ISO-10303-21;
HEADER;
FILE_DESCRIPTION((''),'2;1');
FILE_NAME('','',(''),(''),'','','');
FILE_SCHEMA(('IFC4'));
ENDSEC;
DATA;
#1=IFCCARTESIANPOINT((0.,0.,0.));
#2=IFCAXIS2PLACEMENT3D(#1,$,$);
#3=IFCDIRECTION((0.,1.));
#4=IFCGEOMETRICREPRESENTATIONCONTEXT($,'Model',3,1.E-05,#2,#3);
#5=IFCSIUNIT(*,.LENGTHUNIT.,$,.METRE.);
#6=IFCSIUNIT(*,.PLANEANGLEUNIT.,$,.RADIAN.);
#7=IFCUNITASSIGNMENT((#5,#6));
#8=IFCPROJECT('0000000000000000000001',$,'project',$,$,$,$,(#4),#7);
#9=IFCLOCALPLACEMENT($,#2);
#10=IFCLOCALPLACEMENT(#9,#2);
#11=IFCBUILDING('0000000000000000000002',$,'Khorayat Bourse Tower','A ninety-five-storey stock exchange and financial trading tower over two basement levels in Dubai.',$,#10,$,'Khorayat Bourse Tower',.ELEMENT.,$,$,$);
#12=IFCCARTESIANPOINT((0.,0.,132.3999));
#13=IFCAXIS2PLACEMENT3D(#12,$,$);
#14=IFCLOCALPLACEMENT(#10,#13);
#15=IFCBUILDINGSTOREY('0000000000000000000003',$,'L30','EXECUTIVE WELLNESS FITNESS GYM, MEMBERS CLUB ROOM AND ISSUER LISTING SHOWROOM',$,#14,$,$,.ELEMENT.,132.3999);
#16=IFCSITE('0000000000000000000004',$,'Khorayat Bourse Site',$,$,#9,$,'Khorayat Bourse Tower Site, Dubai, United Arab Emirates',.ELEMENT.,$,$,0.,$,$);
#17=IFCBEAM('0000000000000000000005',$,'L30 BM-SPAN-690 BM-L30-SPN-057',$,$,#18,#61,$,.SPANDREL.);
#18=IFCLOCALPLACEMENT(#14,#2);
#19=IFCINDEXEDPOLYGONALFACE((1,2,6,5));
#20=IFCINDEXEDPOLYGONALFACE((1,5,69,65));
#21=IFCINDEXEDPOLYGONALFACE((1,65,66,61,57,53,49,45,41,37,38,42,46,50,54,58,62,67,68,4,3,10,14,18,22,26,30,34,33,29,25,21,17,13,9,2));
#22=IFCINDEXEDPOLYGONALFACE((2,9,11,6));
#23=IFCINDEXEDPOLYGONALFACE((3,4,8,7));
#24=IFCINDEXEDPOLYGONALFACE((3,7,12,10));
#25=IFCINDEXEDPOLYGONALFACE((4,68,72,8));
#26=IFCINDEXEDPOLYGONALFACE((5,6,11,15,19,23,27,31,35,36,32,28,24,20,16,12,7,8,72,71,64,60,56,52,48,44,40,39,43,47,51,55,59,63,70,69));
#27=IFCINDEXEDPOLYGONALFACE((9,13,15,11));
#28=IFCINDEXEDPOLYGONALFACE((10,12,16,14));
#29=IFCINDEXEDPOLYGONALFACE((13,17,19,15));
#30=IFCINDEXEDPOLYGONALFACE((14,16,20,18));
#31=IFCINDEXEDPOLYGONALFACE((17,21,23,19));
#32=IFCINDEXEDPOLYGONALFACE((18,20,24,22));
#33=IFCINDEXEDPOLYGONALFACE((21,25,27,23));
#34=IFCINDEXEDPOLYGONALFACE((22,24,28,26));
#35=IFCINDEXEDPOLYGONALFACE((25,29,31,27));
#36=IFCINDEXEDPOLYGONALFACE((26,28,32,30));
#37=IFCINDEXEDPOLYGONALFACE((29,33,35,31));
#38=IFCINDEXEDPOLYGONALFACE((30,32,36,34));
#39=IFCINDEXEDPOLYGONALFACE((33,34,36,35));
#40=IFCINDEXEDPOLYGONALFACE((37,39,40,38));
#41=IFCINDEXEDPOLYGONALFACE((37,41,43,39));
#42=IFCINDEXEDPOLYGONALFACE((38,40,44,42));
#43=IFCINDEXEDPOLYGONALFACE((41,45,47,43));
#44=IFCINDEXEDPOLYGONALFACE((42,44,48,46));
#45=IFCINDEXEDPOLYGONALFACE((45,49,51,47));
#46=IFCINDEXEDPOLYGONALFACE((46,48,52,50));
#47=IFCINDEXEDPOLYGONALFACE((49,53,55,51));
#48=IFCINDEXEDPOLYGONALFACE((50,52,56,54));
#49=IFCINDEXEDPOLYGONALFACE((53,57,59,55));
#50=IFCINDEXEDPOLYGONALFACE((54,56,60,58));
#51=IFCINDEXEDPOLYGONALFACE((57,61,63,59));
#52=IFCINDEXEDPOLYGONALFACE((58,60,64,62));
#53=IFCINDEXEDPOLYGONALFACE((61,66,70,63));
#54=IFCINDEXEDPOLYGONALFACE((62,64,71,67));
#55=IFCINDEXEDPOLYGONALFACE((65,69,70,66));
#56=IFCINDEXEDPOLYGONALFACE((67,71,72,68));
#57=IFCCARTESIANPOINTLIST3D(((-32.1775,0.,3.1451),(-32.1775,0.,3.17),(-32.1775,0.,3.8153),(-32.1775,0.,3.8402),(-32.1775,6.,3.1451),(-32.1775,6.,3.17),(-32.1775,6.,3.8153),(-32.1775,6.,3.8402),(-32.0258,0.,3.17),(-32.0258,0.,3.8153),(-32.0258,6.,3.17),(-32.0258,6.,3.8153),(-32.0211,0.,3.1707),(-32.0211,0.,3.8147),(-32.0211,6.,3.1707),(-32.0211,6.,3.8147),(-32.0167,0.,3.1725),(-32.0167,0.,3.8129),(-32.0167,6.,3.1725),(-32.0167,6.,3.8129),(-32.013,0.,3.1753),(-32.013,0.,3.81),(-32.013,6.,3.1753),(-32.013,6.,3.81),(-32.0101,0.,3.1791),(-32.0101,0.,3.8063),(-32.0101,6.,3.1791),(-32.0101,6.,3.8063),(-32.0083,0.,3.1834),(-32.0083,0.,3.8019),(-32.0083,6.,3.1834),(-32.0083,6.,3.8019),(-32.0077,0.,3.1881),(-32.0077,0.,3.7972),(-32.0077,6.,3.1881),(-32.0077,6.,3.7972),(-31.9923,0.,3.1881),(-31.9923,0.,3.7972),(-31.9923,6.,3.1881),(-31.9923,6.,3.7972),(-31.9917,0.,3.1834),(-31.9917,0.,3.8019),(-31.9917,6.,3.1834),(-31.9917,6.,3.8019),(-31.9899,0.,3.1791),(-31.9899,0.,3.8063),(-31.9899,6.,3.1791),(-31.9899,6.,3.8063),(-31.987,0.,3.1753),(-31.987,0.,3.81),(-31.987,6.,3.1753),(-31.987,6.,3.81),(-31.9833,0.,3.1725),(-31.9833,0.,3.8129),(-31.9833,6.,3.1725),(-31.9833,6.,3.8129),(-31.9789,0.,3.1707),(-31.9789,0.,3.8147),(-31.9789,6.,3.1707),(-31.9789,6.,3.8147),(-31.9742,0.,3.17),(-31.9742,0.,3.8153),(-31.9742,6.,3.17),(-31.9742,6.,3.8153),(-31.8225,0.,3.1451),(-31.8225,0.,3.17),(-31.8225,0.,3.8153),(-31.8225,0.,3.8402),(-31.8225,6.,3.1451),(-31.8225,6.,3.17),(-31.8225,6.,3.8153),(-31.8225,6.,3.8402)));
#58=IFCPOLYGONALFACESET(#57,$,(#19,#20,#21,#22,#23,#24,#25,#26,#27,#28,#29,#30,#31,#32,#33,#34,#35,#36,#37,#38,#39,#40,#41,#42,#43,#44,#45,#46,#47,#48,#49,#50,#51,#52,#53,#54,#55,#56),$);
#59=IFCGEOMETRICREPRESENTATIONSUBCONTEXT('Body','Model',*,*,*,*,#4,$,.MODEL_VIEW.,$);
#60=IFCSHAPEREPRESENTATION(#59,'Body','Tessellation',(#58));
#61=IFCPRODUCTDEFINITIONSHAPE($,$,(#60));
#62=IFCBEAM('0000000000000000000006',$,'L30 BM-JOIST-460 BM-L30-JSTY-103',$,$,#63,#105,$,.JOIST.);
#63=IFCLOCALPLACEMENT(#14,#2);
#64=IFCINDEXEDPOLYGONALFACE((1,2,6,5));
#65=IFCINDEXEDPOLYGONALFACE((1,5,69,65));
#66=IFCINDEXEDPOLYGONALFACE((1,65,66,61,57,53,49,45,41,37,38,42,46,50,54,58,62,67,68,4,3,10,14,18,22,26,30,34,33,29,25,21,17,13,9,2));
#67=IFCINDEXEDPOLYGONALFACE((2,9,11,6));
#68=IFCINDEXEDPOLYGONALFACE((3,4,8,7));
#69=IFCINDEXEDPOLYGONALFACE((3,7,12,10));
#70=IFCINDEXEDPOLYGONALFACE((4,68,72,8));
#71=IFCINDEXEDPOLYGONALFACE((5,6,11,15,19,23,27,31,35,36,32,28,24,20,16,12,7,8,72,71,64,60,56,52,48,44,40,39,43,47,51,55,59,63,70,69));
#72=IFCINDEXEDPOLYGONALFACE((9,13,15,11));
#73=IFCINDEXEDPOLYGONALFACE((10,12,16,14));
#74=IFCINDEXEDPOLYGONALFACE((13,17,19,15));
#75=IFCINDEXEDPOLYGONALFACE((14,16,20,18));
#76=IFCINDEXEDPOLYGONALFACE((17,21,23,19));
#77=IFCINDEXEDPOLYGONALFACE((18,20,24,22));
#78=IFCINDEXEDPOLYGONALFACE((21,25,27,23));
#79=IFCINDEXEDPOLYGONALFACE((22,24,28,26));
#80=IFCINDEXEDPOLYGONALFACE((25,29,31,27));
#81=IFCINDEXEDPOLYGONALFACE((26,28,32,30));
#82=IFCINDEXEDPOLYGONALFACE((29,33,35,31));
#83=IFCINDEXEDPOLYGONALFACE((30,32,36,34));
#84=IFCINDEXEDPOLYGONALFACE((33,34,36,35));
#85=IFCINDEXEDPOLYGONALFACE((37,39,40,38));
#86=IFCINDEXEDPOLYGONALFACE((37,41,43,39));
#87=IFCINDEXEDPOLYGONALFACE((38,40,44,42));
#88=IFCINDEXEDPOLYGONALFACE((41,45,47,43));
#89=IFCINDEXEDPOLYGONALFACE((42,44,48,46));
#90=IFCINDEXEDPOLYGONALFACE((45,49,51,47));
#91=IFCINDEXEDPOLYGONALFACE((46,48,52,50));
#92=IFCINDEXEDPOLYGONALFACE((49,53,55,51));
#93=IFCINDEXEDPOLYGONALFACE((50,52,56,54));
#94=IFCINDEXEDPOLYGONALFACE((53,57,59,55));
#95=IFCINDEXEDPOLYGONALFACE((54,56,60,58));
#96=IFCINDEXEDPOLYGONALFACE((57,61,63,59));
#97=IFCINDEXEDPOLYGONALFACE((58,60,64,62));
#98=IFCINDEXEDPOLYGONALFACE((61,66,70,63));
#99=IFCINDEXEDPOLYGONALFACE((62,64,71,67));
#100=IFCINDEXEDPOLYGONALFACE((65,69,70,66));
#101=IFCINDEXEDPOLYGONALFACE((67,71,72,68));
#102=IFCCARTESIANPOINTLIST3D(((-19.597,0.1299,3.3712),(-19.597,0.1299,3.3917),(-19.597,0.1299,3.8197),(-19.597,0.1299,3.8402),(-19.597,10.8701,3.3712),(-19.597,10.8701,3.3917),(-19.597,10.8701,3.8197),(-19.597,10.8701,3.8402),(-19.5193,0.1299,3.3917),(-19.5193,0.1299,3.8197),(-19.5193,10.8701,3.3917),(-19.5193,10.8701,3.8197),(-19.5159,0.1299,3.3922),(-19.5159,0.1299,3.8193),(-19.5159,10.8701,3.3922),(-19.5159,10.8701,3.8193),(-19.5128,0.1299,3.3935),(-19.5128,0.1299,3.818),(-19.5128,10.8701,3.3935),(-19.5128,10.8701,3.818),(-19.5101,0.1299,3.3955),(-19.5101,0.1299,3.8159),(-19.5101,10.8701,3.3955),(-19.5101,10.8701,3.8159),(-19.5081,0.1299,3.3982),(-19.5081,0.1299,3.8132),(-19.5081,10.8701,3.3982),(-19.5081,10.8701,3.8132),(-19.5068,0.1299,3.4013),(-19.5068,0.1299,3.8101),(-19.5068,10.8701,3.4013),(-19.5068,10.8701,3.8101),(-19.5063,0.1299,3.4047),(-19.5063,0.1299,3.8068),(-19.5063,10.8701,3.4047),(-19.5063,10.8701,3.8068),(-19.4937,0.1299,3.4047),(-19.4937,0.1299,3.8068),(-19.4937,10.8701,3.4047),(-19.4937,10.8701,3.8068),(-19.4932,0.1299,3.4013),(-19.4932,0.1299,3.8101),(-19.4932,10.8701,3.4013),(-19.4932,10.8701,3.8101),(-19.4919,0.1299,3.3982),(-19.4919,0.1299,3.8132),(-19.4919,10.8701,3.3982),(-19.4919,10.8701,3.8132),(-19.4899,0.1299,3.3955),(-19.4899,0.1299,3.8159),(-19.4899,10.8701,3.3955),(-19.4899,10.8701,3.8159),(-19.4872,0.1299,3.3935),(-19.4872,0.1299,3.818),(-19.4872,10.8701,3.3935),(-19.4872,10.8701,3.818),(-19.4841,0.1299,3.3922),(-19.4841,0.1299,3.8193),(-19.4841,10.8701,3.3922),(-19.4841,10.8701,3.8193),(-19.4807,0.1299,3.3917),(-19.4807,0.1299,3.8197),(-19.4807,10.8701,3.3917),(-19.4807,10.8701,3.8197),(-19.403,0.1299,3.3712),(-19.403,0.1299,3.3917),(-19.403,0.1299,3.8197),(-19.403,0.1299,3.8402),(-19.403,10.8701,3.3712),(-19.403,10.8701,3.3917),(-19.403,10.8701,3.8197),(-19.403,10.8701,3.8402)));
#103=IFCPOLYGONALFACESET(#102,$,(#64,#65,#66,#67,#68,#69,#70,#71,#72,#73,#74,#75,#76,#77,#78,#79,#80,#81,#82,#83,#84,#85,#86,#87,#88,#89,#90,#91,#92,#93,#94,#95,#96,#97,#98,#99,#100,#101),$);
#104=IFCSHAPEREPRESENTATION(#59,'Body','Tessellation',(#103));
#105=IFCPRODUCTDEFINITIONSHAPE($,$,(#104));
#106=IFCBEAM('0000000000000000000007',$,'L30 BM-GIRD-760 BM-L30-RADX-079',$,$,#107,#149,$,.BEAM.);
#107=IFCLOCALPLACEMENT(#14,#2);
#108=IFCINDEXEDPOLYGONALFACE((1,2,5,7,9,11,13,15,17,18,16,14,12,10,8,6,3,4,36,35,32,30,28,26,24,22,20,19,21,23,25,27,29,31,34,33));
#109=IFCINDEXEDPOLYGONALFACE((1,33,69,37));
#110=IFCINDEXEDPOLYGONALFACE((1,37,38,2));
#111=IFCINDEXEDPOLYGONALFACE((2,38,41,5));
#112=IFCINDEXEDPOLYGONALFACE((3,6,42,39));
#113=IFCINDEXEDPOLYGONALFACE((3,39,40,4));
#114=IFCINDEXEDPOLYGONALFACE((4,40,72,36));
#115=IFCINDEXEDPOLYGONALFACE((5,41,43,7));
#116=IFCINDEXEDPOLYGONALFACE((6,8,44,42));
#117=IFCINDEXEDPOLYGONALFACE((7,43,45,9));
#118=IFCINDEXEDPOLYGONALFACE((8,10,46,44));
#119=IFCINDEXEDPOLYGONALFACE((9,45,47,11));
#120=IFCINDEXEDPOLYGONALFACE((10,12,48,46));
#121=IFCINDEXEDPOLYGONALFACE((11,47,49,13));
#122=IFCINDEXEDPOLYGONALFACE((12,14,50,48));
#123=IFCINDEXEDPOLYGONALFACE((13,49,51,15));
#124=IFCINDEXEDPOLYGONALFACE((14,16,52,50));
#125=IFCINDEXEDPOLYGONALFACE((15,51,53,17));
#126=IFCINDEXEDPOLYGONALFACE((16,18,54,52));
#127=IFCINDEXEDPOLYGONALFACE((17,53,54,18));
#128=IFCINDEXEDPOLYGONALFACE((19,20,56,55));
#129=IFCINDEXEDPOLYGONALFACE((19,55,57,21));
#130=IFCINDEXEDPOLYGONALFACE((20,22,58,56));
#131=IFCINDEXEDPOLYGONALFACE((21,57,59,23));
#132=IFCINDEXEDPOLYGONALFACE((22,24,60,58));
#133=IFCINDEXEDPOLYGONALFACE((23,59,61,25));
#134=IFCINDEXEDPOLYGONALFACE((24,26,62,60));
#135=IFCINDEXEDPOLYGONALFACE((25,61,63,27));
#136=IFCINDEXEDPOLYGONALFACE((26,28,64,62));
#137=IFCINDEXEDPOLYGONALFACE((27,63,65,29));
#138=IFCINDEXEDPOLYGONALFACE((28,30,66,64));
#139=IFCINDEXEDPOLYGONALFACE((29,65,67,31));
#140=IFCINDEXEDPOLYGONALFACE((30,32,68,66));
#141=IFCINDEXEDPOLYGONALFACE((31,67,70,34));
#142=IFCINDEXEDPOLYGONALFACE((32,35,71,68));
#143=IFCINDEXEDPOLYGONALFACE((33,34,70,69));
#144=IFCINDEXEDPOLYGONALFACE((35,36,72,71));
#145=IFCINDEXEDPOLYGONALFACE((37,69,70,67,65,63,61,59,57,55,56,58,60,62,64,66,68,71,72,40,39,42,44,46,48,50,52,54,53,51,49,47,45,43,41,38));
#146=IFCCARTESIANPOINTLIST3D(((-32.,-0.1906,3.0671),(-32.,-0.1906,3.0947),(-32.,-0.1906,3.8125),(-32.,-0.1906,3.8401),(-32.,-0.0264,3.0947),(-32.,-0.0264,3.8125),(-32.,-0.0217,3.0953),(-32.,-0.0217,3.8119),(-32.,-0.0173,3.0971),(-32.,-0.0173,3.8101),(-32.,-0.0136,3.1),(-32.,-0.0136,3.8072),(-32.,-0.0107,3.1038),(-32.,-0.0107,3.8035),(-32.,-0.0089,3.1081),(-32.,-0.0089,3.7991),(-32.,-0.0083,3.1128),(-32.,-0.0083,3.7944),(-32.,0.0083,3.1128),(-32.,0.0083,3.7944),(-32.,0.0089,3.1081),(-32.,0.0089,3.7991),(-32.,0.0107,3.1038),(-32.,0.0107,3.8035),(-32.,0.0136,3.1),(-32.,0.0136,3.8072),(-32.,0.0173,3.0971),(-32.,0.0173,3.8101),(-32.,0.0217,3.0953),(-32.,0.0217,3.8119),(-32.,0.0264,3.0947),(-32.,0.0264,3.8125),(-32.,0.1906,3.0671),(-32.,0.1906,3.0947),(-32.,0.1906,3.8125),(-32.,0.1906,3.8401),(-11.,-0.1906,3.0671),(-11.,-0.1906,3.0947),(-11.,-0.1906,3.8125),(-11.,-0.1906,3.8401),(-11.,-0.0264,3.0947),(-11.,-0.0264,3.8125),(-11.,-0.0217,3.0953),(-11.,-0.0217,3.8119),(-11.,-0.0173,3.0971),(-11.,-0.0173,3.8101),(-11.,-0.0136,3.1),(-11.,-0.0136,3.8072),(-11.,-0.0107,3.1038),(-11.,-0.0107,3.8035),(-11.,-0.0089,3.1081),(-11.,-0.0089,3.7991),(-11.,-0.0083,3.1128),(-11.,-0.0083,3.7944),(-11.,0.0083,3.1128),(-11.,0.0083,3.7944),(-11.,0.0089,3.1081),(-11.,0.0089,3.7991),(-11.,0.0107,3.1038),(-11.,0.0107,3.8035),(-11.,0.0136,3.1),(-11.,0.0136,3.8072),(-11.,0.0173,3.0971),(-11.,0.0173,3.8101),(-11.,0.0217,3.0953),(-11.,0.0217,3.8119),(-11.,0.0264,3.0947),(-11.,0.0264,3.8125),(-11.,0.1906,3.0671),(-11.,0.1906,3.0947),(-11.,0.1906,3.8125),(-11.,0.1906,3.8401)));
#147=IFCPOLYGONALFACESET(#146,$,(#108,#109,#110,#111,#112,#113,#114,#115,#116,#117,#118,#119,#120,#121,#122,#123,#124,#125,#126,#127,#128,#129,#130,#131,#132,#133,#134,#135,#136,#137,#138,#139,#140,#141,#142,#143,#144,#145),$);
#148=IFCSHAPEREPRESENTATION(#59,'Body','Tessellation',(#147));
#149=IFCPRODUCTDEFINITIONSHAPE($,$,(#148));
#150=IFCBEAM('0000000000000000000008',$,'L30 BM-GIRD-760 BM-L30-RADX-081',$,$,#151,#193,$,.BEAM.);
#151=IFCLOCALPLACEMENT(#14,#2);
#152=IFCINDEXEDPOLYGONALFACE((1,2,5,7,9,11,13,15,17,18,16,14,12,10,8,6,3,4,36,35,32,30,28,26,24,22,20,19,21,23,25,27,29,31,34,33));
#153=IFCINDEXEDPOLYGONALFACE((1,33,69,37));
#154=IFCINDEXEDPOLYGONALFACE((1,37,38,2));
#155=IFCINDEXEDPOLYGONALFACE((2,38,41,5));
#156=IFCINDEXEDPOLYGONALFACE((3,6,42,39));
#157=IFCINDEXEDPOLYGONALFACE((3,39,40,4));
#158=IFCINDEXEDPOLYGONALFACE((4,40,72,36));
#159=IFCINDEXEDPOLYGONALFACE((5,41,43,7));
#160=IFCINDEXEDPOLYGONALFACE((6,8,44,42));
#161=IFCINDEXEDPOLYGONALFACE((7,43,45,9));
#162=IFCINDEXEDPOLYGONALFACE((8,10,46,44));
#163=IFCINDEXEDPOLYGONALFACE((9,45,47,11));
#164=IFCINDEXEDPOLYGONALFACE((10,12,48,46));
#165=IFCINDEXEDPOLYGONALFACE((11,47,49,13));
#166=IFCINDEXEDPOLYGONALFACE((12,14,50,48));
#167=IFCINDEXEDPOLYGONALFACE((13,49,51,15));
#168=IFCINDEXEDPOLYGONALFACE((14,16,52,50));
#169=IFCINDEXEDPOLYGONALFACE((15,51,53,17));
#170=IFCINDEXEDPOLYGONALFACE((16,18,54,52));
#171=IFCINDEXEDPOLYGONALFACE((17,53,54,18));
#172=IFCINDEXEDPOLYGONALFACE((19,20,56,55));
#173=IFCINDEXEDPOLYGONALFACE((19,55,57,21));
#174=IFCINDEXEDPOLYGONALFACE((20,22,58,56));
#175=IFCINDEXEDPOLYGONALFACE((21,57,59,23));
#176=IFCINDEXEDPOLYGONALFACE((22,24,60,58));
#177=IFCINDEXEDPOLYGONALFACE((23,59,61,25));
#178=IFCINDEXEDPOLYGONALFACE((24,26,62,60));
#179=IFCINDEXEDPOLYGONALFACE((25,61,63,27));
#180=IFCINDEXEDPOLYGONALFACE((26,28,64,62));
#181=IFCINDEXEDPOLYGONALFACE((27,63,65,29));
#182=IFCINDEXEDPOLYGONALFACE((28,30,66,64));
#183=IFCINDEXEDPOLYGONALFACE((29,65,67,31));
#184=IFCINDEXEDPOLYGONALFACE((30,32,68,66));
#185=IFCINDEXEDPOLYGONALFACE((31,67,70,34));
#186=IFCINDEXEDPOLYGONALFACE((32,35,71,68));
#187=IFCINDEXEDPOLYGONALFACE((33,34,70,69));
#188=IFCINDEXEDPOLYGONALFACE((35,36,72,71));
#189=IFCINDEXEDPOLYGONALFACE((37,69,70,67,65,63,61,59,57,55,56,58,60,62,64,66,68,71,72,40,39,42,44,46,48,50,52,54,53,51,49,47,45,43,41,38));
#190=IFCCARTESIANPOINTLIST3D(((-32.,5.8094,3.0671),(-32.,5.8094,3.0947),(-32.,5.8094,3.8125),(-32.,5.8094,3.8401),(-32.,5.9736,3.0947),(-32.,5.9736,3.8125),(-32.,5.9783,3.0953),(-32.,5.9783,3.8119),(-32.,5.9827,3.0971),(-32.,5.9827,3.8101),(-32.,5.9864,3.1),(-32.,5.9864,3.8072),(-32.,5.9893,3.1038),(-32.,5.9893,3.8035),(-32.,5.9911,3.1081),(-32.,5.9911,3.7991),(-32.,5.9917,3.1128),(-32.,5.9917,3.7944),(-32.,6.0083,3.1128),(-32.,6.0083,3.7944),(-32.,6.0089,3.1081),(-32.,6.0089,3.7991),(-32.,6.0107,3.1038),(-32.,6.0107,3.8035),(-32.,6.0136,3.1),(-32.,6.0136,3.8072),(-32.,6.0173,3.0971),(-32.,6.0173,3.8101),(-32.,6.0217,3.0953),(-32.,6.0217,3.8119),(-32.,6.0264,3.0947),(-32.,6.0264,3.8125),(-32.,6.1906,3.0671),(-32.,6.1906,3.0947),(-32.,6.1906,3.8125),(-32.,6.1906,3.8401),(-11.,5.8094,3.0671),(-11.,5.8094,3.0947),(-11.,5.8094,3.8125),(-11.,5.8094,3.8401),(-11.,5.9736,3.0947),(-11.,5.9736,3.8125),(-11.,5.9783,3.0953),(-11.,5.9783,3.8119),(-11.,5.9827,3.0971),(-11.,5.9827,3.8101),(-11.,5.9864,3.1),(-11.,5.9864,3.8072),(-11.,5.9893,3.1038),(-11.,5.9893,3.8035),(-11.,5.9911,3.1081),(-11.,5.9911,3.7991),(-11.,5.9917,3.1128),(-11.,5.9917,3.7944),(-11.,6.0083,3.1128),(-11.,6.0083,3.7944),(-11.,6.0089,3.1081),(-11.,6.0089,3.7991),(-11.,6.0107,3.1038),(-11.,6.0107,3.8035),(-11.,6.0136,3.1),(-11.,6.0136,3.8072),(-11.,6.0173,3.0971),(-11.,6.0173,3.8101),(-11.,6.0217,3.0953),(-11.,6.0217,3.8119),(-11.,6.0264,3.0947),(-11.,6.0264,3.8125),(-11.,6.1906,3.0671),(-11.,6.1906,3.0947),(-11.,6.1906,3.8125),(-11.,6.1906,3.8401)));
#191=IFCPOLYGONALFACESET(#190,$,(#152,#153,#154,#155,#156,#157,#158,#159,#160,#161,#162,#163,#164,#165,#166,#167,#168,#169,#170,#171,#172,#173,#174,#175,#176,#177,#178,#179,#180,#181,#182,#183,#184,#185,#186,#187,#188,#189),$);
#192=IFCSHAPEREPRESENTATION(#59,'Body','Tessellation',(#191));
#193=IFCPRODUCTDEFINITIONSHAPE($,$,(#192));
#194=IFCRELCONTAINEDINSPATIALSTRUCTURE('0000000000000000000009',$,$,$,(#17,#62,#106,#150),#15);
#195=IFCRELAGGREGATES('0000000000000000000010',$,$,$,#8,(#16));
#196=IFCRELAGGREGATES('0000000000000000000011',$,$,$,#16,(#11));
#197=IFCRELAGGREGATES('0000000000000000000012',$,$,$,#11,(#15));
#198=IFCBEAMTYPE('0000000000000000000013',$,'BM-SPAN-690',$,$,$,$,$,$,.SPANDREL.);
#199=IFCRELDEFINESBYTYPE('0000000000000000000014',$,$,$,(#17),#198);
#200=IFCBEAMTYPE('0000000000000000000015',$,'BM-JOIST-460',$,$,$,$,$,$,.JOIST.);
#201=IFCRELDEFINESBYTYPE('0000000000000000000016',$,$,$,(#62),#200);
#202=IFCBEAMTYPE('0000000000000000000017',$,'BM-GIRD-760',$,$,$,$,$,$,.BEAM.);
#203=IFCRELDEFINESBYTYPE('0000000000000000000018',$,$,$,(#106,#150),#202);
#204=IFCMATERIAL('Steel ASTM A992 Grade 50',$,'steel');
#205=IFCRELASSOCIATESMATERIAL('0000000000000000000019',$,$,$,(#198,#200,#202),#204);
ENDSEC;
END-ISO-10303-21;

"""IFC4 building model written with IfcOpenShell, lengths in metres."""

from ifc_helpers import new_model, si_unit, direction, frame, origin, origin_2d, place, context, subcontext, project, spatial, i_section, extrude, source, transform, mapped, material, material_profile, profile_set, type_object, element, save


model = new_model("IFC4")

# Units and contexts
model_context = context("Model", 3, precision=1e-05, world=origin(), true_north=direction((0.0, 1.0)))
body_context = subcontext(model_context, "Body", "Model", "MODEL_VIEW")
ifc_project = project(units=[si_unit("LENGTHUNIT", "METRE"), si_unit("PLANEANGLEUNIT", "RADIAN")], contexts=[model_context])

# Site, building, storey
site_placement = place(None, origin())
site = spatial("IfcSite", under=ifc_project, at=site_placement, Name="Khorayat Bourse Site", LongName="Khorayat Bourse Tower Site, Dubai, United Arab Emirates", CompositionType="ELEMENT", RefElevation=0.0)
building_placement = place(site_placement, origin())
building = spatial("IfcBuilding", under=site, at=building_placement, Name="Khorayat Bourse Tower", Description="A ninety-five-storey stock exchange and financial trading tower over two basement levels in Dubai.", LongName="Khorayat Bourse Tower", CompositionType="ELEMENT")
storey_placement = place(building_placement, frame((0.0, 0.0, 132.3999)))
storey = spatial("IfcBuildingStorey", under=building, at=storey_placement, Name="L30", Description="EXECUTIVE WELLNESS FITNESS GYM, MEMBERS CLUB ROOM AND ISSUER LISTING SHOWROOM", CompositionType="ELEMENT", Elevation=132.3999)

# Beams
ifc_material_1 = material(Name="Steel ASTM A992 Grade 50", Category="steel")
ifc_material_profile_1 = material_profile(ifc_material_1, i_section(OverallWidth=0.355, OverallDepth=0.6951, WebThickness=0.0154, FlangeThickness=0.0249, FilletRadius=0.0181, at=origin_2d()), Name="W690X217")
ifc_profile_set_1 = profile_set([ifc_material_profile_1], Name="Steel ASTM A992 Grade 50")
beam_type_1 = type_object("IfcBeamType", Name="BM-SPAN-690", PredefinedType="SPANDREL", material=ifc_profile_set_1)
shared_shape_1 = source(origin(), body_context, "Body", "SweptSolid", [
    extrude(i_section(OverallWidth=0.355, OverallDepth=0.6951, WebThickness=0.0154, FlangeThickness=0.0249, FilletRadius=0.0181, at=origin_2d()), origin(), (0.0, 0.0, 1.0), 6.0),
])
beam_1_placement = place(storey_placement, frame((-32.0, 0.0, 3.4927), z_axis=(0.0, 1.0, 0.0), x_axis=(-1.0, 0.0, 0.0)))
element("IfcBeam", 1, at=beam_1_placement, inside=storey, type_object=beam_type_1, Name="L30 BM-SPAN-690 BM-L30-SPN-057", PredefinedType="SPANDREL", context=body_context, shape_type="MappedRepresentation", body=[
    mapped(shared_shape_1, transform((0.0, 0.0, 0.0), scale=1.0)),
])
ifc_material_profile_2 = material_profile(ifc_material_1, i_section(OverallWidth=0.1941, OverallDepth=0.469, WebThickness=0.0127, FlangeThickness=0.0205, FilletRadius=0.0129, at=origin_2d()), Name="W460X106")
ifc_profile_set_2 = profile_set([ifc_material_profile_2], Name="Steel ASTM A992 Grade 50")
beam_type_2 = type_object("IfcBeamType", Name="BM-JOIST-460", PredefinedType="JOIST", material=ifc_profile_set_2)
shared_shape_2 = source(origin(), body_context, "Body", "SweptSolid", [
    extrude(i_section(OverallWidth=0.1941, OverallDepth=0.469, WebThickness=0.0127, FlangeThickness=0.0205, FilletRadius=0.0129, at=origin_2d()), origin(), (0.0, 0.0, 1.0), 10.7402),
])
beam_2_placement = place(storey_placement, frame((-19.5, 0.1299, 3.6057), z_axis=(0.0, 1.0, 0.0), x_axis=(-1.0, 0.0, 0.0)))
element("IfcBeam", 2, at=beam_2_placement, inside=storey, type_object=beam_type_2, Name="L30 BM-JOIST-460 BM-L30-JSTY-103", PredefinedType="JOIST", context=body_context, shape_type="MappedRepresentation", body=[
    mapped(shared_shape_2, transform((0.0, 0.0, 0.0), scale=1.0)),
])
ifc_material_profile_3 = material_profile(ifc_material_1, i_section(OverallWidth=0.3811, OverallDepth=0.7729, WebThickness=0.0166, FlangeThickness=0.0276, FilletRadius=0.0181, at=origin_2d()), Name="W760X257")
ifc_profile_set_3 = profile_set([ifc_material_profile_3], Name="Steel ASTM A992 Grade 50")
beam_type_3 = type_object("IfcBeamType", Name="BM-GIRD-760", PredefinedType="BEAM", material=ifc_profile_set_3)
shared_shape_3 = source(origin(), body_context, "Body", "SweptSolid", [
    extrude(i_section(OverallWidth=0.3811, OverallDepth=0.7729, WebThickness=0.0166, FlangeThickness=0.0276, FilletRadius=0.0181, at=origin_2d()), origin(), (0.0, 0.0, 1.0), 21.0),
])
for number, where, z_axis, x_axis, name in (
    (3, (-32.0, 0.0, 3.4536), (1.0, 0.0, 0.0), (0.0, 1.0, 0.0), "L30 BM-GIRD-760 BM-L30-RADX-079"),
    (4, (-32.0, 6.0, 3.4536), (1.0, 0.0, 0.0), (0.0, 1.0, 0.0), "L30 BM-GIRD-760 BM-L30-RADX-081"),
):
    element("IfcBeam", number, at=place(storey_placement, frame(where, z_axis=z_axis, x_axis=x_axis)), inside=storey, type_object=beam_type_3, Name=name, PredefinedType="BEAM", context=body_context, shape_type="MappedRepresentation", body=[
        mapped(shared_shape_3, transform((0.0, 0.0, 0.0), scale=1.0)),
    ])

save(model, "model.ifc")
